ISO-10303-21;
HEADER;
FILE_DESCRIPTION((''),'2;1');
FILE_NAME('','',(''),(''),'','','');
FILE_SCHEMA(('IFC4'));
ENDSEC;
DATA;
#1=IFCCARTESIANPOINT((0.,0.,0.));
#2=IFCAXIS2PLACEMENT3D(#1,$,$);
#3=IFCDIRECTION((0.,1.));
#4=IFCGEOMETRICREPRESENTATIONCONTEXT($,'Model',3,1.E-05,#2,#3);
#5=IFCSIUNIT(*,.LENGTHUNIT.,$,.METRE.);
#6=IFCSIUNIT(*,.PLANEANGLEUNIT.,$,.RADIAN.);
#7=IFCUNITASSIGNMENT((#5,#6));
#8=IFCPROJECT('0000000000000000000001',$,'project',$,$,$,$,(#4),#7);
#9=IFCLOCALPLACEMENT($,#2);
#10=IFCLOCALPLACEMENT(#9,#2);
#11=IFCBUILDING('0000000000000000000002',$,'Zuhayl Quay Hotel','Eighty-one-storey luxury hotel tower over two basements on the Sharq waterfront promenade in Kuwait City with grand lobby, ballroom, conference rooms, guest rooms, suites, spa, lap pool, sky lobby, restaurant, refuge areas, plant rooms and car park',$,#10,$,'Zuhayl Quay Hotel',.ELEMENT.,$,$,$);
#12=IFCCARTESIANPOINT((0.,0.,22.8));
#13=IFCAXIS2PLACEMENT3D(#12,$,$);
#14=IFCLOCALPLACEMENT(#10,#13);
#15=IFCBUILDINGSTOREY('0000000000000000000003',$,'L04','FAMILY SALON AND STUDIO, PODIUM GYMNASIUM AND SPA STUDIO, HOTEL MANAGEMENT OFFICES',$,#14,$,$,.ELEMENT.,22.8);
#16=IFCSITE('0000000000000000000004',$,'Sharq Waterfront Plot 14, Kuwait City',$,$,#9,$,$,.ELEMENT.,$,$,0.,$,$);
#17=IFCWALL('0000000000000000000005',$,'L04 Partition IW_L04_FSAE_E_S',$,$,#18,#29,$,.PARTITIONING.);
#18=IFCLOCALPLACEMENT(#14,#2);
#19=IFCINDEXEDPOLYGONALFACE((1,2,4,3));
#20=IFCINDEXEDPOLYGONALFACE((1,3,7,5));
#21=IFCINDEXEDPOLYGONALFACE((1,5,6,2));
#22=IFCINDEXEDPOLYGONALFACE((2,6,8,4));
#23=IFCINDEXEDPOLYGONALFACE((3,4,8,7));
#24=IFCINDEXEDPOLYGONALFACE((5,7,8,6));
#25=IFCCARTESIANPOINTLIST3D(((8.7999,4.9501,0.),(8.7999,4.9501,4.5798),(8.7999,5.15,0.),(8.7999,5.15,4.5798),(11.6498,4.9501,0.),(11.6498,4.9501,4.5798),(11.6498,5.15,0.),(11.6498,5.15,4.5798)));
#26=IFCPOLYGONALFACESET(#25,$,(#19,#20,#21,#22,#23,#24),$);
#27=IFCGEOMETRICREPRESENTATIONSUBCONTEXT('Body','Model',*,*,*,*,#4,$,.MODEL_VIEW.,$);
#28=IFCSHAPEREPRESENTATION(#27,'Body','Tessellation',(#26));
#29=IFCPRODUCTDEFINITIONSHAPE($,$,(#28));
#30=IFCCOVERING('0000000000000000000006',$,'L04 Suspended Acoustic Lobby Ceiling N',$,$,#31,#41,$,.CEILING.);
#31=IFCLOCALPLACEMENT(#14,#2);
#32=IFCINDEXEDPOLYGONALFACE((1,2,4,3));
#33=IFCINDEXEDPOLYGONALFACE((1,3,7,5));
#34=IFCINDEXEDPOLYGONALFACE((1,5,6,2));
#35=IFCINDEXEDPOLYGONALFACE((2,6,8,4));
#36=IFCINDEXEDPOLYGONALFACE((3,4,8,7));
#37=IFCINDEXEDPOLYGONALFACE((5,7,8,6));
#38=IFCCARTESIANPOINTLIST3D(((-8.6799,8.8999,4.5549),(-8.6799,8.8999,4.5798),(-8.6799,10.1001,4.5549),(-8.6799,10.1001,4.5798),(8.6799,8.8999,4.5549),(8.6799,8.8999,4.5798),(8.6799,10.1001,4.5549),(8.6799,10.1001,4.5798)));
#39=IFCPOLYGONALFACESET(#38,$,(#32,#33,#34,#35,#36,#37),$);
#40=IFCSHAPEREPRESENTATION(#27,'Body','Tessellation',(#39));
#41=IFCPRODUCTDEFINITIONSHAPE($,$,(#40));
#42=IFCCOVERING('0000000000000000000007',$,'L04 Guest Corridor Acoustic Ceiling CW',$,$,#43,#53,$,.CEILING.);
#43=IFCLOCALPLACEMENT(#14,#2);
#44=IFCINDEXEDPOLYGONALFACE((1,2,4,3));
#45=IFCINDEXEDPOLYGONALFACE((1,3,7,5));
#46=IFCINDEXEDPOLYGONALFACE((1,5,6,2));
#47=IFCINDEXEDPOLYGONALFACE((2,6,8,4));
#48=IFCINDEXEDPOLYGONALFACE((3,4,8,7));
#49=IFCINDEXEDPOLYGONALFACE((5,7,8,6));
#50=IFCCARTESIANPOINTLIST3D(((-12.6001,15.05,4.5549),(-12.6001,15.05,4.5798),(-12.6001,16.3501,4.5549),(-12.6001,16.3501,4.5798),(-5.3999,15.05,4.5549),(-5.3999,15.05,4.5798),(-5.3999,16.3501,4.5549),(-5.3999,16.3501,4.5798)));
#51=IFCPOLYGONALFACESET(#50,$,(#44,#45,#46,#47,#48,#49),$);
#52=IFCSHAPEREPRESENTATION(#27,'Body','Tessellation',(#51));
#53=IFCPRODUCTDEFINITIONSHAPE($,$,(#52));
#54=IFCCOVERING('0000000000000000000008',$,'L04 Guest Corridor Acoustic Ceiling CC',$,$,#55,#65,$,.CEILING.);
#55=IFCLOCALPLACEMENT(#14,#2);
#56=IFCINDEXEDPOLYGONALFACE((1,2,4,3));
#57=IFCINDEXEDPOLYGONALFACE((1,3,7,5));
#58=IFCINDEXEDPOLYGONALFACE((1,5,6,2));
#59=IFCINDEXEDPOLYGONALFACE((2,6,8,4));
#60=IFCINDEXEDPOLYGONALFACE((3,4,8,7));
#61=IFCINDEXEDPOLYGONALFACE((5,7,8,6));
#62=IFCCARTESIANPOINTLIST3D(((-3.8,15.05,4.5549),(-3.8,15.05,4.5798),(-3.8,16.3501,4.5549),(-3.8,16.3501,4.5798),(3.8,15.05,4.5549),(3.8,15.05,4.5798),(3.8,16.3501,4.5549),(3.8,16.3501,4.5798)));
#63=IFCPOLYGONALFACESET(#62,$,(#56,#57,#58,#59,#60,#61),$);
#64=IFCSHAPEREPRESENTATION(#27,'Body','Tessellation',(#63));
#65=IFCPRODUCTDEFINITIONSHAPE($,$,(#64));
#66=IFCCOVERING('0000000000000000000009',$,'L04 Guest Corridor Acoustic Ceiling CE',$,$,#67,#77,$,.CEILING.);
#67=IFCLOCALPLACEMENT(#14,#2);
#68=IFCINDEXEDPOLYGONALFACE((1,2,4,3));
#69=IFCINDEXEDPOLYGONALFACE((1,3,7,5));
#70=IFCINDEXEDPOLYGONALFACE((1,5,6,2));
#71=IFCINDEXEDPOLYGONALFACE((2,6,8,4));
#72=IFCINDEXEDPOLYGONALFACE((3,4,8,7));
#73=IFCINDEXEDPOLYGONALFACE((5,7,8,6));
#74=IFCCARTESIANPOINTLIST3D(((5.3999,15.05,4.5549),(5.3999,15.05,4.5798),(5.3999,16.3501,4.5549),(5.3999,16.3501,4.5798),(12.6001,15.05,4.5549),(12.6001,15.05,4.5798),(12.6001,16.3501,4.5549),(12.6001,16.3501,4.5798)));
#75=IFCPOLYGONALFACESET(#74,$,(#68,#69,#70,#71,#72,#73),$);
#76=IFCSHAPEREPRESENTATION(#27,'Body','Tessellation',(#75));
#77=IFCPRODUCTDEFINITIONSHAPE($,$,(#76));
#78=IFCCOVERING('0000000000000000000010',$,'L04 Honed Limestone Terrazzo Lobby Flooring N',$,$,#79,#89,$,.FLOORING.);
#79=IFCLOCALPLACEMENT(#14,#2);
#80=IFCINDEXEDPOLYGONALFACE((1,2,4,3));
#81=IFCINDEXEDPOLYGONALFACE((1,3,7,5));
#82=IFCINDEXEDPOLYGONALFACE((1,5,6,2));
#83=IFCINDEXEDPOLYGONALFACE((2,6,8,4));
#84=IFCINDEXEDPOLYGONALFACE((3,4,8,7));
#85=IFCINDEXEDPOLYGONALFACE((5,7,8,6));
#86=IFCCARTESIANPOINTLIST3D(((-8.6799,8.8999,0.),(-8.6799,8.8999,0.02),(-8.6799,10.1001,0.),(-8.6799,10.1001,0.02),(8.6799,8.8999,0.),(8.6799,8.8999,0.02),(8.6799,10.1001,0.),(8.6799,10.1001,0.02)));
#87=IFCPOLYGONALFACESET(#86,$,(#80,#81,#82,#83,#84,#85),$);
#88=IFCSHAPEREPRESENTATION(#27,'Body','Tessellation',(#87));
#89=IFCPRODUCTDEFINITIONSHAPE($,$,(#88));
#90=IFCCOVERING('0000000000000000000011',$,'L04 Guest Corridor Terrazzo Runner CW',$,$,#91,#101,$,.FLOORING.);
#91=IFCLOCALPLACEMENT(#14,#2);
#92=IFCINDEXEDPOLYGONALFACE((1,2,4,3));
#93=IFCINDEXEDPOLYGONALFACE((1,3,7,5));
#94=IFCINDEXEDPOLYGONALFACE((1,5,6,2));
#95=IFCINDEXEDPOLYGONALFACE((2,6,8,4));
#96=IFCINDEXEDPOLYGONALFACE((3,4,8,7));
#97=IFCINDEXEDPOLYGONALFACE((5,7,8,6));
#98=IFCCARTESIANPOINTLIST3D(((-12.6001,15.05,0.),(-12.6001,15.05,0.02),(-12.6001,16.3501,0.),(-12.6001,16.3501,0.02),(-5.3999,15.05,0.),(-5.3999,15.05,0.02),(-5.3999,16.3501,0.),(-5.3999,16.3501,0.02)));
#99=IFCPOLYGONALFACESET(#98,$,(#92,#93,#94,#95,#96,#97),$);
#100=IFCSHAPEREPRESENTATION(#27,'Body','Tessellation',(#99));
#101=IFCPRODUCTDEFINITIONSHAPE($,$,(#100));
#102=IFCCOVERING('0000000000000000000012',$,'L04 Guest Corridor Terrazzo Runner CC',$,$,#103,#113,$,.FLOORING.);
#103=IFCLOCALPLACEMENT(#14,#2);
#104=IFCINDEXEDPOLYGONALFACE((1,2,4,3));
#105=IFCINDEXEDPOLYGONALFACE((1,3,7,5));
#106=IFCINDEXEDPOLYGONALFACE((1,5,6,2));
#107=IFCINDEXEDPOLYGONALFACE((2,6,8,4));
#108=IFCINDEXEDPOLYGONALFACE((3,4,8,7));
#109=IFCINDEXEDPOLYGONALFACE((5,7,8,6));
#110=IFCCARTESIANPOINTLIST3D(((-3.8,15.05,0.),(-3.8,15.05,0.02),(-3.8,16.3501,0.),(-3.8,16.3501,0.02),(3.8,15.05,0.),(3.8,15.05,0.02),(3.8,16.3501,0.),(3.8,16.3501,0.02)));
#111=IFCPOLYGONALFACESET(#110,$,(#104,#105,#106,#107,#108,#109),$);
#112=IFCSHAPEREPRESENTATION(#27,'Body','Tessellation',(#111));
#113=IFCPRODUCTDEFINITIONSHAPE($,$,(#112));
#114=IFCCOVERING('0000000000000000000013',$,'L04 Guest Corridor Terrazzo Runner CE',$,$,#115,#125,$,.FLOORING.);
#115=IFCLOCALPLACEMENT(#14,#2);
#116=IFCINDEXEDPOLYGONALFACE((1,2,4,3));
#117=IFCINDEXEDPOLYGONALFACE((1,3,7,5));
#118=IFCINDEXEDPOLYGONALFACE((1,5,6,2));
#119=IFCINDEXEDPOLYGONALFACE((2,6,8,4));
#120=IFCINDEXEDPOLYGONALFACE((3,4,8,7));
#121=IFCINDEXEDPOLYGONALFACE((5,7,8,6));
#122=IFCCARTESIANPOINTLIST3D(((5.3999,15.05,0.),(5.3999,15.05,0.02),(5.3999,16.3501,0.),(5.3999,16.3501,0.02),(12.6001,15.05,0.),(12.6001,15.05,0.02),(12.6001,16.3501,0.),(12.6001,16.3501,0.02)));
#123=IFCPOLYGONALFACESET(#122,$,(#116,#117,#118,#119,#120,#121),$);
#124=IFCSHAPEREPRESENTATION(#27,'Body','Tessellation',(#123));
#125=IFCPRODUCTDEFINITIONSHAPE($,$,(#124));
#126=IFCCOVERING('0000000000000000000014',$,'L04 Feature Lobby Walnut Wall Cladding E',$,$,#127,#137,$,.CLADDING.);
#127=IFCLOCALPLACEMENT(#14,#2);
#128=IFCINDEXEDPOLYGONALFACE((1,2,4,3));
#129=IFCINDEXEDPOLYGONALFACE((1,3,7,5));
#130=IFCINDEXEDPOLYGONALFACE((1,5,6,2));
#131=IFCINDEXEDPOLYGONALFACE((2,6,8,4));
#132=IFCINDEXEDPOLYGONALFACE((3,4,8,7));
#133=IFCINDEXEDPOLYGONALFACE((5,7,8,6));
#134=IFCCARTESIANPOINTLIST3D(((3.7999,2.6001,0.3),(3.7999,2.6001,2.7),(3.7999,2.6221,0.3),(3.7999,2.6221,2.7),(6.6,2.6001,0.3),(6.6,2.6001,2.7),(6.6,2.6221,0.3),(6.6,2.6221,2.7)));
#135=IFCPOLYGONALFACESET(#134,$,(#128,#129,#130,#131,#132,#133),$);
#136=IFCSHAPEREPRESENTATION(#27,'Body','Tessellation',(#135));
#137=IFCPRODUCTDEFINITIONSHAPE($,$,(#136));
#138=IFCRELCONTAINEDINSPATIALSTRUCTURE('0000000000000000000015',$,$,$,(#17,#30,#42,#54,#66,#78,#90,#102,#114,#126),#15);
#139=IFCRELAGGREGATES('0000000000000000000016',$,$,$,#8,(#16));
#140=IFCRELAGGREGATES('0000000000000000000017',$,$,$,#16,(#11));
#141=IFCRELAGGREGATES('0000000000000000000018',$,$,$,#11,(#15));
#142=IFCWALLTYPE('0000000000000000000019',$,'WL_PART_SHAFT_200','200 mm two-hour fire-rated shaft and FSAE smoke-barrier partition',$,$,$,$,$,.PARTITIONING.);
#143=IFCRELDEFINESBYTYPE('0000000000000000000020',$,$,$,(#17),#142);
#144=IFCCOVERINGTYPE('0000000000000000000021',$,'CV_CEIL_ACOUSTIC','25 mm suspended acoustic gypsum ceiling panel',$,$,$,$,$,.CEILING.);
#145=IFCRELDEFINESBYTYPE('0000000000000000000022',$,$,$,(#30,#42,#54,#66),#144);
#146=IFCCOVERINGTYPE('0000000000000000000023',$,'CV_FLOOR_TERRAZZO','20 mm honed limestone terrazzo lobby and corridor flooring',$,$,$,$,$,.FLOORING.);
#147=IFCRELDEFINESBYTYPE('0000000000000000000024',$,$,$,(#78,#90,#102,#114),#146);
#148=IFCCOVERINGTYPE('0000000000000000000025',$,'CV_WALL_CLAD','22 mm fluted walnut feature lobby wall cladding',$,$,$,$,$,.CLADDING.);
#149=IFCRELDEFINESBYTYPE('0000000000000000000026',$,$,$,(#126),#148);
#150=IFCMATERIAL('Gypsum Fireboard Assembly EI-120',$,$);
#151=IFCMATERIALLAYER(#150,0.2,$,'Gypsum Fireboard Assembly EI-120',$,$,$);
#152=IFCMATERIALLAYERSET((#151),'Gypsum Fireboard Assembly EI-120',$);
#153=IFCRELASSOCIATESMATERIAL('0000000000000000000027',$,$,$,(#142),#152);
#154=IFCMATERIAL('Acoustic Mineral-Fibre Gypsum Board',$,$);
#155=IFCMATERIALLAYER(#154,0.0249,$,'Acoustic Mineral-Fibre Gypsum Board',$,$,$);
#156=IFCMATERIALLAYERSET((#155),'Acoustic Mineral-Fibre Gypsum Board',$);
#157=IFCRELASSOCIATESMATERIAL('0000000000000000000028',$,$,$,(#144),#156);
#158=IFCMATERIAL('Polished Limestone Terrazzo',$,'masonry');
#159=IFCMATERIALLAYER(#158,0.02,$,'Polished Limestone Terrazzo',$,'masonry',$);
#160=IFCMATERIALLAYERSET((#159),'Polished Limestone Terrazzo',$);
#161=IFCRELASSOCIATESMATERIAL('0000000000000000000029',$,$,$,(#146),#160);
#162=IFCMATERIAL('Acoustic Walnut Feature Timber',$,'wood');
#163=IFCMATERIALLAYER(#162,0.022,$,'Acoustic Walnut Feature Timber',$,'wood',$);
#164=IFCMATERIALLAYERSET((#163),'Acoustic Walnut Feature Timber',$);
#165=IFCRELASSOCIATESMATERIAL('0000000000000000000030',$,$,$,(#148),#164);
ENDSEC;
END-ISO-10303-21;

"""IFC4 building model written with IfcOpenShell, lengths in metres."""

from ifc_helpers import new_model, si_unit, direction, frame, frame_2d, origin, origin_2d, place, context, subcontext, project, spatial, polyline, rectangle, outline, extrude, material, layer, layer_set, type_object, element, save


model = new_model("IFC4")

# Units and contexts
model_context = context("Model", 3, precision=1e-05, world=origin(), true_north=direction((0.0, 1.0)))
body_context = subcontext(model_context, "Body", "Model", "MODEL_VIEW")
ifc_project = project(units=[si_unit("LENGTHUNIT", "METRE"), si_unit("PLANEANGLEUNIT", "RADIAN")], contexts=[model_context])

# Site, building, storey
site_placement = place(None, origin())
site = spatial("IfcSite", under=ifc_project, at=site_placement, Name="Sharq Waterfront Plot 14, Kuwait City", CompositionType="ELEMENT", RefElevation=0.0)
building_placement = place(site_placement, origin())
building = spatial("IfcBuilding", under=site, at=building_placement, Name="Zuhayl Quay Hotel", Description="Eighty-one-storey luxury hotel tower over two basements on the Sharq waterfront promenade in Kuwait City with grand lobby, ballroom, conference rooms, guest rooms, suites, spa, lap pool, sky lobby, restaurant, refuge areas, plant rooms and car park", LongName="Zuhayl Quay Hotel", CompositionType="ELEMENT")
storey_placement = place(building_placement, frame((0.0, 0.0, 22.8)))
storey = spatial("IfcBuildingStorey", under=building, at=storey_placement, Name="L04", Description="FAMILY SALON AND STUDIO, PODIUM GYMNASIUM AND SPA STUDIO, HOTEL MANAGEMENT OFFICES", CompositionType="ELEMENT", Elevation=22.8)

# Wall
ifc_material_1 = material(Name="Gypsum Fireboard Assembly EI-120")
ifc_layer_1 = layer(ifc_material_1, 0.2, Name="Gypsum Fireboard Assembly EI-120")
ifc_layer_set_1 = layer_set([ifc_layer_1], Name="Gypsum Fireboard Assembly EI-120")
wall_type_1 = type_object("IfcWallType", Name="WL_PART_SHAFT_200", Description="200 mm two-hour fire-rated shaft and FSAE smoke-barrier partition", PredefinedType="PARTITIONING", material=ifc_layer_set_1)
wall_1_placement = place(storey_placement, frame((8.8, 5.05, 0.0), z_axis=(0.0, 0.0, 1.0), x_axis=(1.0, 0.0, 0.0)))
element("IfcWall", 1, at=wall_1_placement, inside=storey, type_object=wall_type_1, Name="L04 Partition IW_L04_FSAE_E_S", PredefinedType="PARTITIONING", context=body_context, shape_type="SweptSolid", body=[
    extrude(rectangle(XDim=2.8499, YDim=0.2, at=frame_2d((1.4248, 0.0))), origin(), (0.0, 0.0, 1.0), 4.5798),
])

# Coverings
ifc_material_2 = material(Name="Acoustic Mineral-Fibre Gypsum Board")
ifc_layer_2 = layer(ifc_material_2, 0.0249, Name="Acoustic Mineral-Fibre Gypsum Board")
ifc_layer_set_2 = layer_set([ifc_layer_2], Name="Acoustic Mineral-Fibre Gypsum Board")
covering_type_1 = type_object("IfcCoveringType", Name="CV_CEIL_ACOUSTIC", Description="25 mm suspended acoustic gypsum ceiling panel", PredefinedType="CEILING", material=ifc_layer_set_2)
covering_1_placement = place(storey_placement, frame((0.0, 0.0, 4.5549)))
element("IfcCovering", 2, at=covering_1_placement, inside=storey, type_object=covering_type_1, Name="L04 Suspended Acoustic Lobby Ceiling N", PredefinedType="CEILING", context=body_context, shape_type="SweptSolid", body=[
    extrude(outline(polyline([(-8.6799, 8.8999), (8.6799, 8.8999), (8.6799, 10.1001), (-8.6799, 10.1001), (-8.6799, 8.8999)])), origin(), (0.0, 0.0, 1.0), 0.0249),
])
covering_2_placement = place(storey_placement, frame((0.0, 0.0, 4.5549)))
element("IfcCovering", 3, at=covering_2_placement, inside=storey, type_object=covering_type_1, Name="L04 Guest Corridor Acoustic Ceiling CW", PredefinedType="CEILING", context=body_context, shape_type="SweptSolid", body=[
    extrude(outline(polyline([(-12.6001, 15.05), (-5.3999, 15.05), (-5.3999, 16.3501), (-12.6001, 16.3501), (-12.6001, 15.05)])), origin(), (0.0, 0.0, 1.0), 0.0249),
])
covering_3_placement = place(storey_placement, frame((0.0, 0.0, 4.5549)))
element("IfcCovering", 4, at=covering_3_placement, inside=storey, type_object=covering_type_1, Name="L04 Guest Corridor Acoustic Ceiling CC", PredefinedType="CEILING", context=body_context, shape_type="SweptSolid", body=[
    extrude(outline(polyline([(-3.8, 15.05), (3.8, 15.05), (3.8, 16.3501), (-3.8, 16.3501), (-3.8, 15.05)])), origin(), (0.0, 0.0, 1.0), 0.0249),
])
covering_4_placement = place(storey_placement, frame((0.0, 0.0, 4.5549)))
element("IfcCovering", 5, at=covering_4_placement, inside=storey, type_object=covering_type_1, Name="L04 Guest Corridor Acoustic Ceiling CE", PredefinedType="CEILING", context=body_context, shape_type="SweptSolid", body=[
    extrude(outline(polyline([(5.3999, 15.05), (12.6001, 15.05), (12.6001, 16.3501), (5.3999, 16.3501), (5.3999, 15.05)])), origin(), (0.0, 0.0, 1.0), 0.0249),
])
ifc_material_3 = material(Name="Polished Limestone Terrazzo", Category="masonry")
ifc_layer_3 = layer(ifc_material_3, 0.02, Name="Polished Limestone Terrazzo", Category="masonry")
ifc_layer_set_3 = layer_set([ifc_layer_3], Name="Polished Limestone Terrazzo")
covering_type_2 = type_object("IfcCoveringType", Name="CV_FLOOR_TERRAZZO", Description="20 mm honed limestone terrazzo lobby and corridor flooring", PredefinedType="FLOORING", material=ifc_layer_set_3)
covering_5_placement = place(storey_placement, origin())
element("IfcCovering", 6, at=covering_5_placement, inside=storey, type_object=covering_type_2, Name="L04 Honed Limestone Terrazzo Lobby Flooring N", PredefinedType="FLOORING", context=body_context, shape_type="SweptSolid", body=[
    extrude(outline(polyline([(-8.6799, 8.8999), (8.6799, 8.8999), (8.6799, 10.1001), (-8.6799, 10.1001), (-8.6799, 8.8999)])), origin(), (0.0, 0.0, 1.0), 0.02),
])
covering_6_placement = place(storey_placement, origin())
element("IfcCovering", 7, at=covering_6_placement, inside=storey, type_object=covering_type_2, Name="L04 Guest Corridor Terrazzo Runner CW", PredefinedType="FLOORING", context=body_context, shape_type="SweptSolid", body=[
    extrude(outline(polyline([(-12.6001, 15.05), (-5.3999, 15.05), (-5.3999, 16.3501), (-12.6001, 16.3501), (-12.6001, 15.05)])), origin(), (0.0, 0.0, 1.0), 0.02),
])
covering_7_placement = place(storey_placement, origin())
element("IfcCovering", 8, at=covering_7_placement, inside=storey, type_object=covering_type_2, Name="L04 Guest Corridor Terrazzo Runner CC", PredefinedType="FLOORING", context=body_context, shape_type="SweptSolid", body=[
    extrude(outline(polyline([(-3.8, 15.05), (3.8, 15.05), (3.8, 16.3501), (-3.8, 16.3501), (-3.8, 15.05)])), origin(), (0.0, 0.0, 1.0), 0.02),
])
covering_8_placement = place(storey_placement, origin())
element("IfcCovering", 9, at=covering_8_placement, inside=storey, type_object=covering_type_2, Name="L04 Guest Corridor Terrazzo Runner CE", PredefinedType="FLOORING", context=body_context, shape_type="SweptSolid", body=[
    extrude(outline(polyline([(5.3999, 15.05), (12.6001, 15.05), (12.6001, 16.3501), (5.3999, 16.3501), (5.3999, 15.05)])), origin(), (0.0, 0.0, 1.0), 0.02),
])
ifc_material_4 = material(Name="Acoustic Walnut Feature Timber", Category="wood")
ifc_layer_4 = layer(ifc_material_4, 0.022, Name="Acoustic Walnut Feature Timber", Category="wood")
ifc_layer_set_4 = layer_set([ifc_layer_4], Name="Acoustic Walnut Feature Timber")
covering_type_3 = type_object("IfcCoveringType", Name="CV_WALL_CLAD", Description="22 mm fluted walnut feature lobby wall cladding", PredefinedType="CLADDING", material=ifc_layer_set_4)
covering_9_placement = place(storey_placement, frame((5.2, 2.6111, 0.3), z_axis=(0.0, 0.0, 1.0), x_axis=(1.0, 0.0, 0.0)))
element("IfcCovering", 10, at=covering_9_placement, inside=storey, type_object=covering_type_3, Name="L04 Feature Lobby Walnut Wall Cladding E", PredefinedType="CLADDING", context=body_context, shape_type="SweptSolid", body=[
    extrude(rectangle(XDim=2.8, YDim=0.022, at=origin_2d()), origin(), (0.0, 0.0, 1.0), 2.3999),
])

save(model, "model.ifc")
